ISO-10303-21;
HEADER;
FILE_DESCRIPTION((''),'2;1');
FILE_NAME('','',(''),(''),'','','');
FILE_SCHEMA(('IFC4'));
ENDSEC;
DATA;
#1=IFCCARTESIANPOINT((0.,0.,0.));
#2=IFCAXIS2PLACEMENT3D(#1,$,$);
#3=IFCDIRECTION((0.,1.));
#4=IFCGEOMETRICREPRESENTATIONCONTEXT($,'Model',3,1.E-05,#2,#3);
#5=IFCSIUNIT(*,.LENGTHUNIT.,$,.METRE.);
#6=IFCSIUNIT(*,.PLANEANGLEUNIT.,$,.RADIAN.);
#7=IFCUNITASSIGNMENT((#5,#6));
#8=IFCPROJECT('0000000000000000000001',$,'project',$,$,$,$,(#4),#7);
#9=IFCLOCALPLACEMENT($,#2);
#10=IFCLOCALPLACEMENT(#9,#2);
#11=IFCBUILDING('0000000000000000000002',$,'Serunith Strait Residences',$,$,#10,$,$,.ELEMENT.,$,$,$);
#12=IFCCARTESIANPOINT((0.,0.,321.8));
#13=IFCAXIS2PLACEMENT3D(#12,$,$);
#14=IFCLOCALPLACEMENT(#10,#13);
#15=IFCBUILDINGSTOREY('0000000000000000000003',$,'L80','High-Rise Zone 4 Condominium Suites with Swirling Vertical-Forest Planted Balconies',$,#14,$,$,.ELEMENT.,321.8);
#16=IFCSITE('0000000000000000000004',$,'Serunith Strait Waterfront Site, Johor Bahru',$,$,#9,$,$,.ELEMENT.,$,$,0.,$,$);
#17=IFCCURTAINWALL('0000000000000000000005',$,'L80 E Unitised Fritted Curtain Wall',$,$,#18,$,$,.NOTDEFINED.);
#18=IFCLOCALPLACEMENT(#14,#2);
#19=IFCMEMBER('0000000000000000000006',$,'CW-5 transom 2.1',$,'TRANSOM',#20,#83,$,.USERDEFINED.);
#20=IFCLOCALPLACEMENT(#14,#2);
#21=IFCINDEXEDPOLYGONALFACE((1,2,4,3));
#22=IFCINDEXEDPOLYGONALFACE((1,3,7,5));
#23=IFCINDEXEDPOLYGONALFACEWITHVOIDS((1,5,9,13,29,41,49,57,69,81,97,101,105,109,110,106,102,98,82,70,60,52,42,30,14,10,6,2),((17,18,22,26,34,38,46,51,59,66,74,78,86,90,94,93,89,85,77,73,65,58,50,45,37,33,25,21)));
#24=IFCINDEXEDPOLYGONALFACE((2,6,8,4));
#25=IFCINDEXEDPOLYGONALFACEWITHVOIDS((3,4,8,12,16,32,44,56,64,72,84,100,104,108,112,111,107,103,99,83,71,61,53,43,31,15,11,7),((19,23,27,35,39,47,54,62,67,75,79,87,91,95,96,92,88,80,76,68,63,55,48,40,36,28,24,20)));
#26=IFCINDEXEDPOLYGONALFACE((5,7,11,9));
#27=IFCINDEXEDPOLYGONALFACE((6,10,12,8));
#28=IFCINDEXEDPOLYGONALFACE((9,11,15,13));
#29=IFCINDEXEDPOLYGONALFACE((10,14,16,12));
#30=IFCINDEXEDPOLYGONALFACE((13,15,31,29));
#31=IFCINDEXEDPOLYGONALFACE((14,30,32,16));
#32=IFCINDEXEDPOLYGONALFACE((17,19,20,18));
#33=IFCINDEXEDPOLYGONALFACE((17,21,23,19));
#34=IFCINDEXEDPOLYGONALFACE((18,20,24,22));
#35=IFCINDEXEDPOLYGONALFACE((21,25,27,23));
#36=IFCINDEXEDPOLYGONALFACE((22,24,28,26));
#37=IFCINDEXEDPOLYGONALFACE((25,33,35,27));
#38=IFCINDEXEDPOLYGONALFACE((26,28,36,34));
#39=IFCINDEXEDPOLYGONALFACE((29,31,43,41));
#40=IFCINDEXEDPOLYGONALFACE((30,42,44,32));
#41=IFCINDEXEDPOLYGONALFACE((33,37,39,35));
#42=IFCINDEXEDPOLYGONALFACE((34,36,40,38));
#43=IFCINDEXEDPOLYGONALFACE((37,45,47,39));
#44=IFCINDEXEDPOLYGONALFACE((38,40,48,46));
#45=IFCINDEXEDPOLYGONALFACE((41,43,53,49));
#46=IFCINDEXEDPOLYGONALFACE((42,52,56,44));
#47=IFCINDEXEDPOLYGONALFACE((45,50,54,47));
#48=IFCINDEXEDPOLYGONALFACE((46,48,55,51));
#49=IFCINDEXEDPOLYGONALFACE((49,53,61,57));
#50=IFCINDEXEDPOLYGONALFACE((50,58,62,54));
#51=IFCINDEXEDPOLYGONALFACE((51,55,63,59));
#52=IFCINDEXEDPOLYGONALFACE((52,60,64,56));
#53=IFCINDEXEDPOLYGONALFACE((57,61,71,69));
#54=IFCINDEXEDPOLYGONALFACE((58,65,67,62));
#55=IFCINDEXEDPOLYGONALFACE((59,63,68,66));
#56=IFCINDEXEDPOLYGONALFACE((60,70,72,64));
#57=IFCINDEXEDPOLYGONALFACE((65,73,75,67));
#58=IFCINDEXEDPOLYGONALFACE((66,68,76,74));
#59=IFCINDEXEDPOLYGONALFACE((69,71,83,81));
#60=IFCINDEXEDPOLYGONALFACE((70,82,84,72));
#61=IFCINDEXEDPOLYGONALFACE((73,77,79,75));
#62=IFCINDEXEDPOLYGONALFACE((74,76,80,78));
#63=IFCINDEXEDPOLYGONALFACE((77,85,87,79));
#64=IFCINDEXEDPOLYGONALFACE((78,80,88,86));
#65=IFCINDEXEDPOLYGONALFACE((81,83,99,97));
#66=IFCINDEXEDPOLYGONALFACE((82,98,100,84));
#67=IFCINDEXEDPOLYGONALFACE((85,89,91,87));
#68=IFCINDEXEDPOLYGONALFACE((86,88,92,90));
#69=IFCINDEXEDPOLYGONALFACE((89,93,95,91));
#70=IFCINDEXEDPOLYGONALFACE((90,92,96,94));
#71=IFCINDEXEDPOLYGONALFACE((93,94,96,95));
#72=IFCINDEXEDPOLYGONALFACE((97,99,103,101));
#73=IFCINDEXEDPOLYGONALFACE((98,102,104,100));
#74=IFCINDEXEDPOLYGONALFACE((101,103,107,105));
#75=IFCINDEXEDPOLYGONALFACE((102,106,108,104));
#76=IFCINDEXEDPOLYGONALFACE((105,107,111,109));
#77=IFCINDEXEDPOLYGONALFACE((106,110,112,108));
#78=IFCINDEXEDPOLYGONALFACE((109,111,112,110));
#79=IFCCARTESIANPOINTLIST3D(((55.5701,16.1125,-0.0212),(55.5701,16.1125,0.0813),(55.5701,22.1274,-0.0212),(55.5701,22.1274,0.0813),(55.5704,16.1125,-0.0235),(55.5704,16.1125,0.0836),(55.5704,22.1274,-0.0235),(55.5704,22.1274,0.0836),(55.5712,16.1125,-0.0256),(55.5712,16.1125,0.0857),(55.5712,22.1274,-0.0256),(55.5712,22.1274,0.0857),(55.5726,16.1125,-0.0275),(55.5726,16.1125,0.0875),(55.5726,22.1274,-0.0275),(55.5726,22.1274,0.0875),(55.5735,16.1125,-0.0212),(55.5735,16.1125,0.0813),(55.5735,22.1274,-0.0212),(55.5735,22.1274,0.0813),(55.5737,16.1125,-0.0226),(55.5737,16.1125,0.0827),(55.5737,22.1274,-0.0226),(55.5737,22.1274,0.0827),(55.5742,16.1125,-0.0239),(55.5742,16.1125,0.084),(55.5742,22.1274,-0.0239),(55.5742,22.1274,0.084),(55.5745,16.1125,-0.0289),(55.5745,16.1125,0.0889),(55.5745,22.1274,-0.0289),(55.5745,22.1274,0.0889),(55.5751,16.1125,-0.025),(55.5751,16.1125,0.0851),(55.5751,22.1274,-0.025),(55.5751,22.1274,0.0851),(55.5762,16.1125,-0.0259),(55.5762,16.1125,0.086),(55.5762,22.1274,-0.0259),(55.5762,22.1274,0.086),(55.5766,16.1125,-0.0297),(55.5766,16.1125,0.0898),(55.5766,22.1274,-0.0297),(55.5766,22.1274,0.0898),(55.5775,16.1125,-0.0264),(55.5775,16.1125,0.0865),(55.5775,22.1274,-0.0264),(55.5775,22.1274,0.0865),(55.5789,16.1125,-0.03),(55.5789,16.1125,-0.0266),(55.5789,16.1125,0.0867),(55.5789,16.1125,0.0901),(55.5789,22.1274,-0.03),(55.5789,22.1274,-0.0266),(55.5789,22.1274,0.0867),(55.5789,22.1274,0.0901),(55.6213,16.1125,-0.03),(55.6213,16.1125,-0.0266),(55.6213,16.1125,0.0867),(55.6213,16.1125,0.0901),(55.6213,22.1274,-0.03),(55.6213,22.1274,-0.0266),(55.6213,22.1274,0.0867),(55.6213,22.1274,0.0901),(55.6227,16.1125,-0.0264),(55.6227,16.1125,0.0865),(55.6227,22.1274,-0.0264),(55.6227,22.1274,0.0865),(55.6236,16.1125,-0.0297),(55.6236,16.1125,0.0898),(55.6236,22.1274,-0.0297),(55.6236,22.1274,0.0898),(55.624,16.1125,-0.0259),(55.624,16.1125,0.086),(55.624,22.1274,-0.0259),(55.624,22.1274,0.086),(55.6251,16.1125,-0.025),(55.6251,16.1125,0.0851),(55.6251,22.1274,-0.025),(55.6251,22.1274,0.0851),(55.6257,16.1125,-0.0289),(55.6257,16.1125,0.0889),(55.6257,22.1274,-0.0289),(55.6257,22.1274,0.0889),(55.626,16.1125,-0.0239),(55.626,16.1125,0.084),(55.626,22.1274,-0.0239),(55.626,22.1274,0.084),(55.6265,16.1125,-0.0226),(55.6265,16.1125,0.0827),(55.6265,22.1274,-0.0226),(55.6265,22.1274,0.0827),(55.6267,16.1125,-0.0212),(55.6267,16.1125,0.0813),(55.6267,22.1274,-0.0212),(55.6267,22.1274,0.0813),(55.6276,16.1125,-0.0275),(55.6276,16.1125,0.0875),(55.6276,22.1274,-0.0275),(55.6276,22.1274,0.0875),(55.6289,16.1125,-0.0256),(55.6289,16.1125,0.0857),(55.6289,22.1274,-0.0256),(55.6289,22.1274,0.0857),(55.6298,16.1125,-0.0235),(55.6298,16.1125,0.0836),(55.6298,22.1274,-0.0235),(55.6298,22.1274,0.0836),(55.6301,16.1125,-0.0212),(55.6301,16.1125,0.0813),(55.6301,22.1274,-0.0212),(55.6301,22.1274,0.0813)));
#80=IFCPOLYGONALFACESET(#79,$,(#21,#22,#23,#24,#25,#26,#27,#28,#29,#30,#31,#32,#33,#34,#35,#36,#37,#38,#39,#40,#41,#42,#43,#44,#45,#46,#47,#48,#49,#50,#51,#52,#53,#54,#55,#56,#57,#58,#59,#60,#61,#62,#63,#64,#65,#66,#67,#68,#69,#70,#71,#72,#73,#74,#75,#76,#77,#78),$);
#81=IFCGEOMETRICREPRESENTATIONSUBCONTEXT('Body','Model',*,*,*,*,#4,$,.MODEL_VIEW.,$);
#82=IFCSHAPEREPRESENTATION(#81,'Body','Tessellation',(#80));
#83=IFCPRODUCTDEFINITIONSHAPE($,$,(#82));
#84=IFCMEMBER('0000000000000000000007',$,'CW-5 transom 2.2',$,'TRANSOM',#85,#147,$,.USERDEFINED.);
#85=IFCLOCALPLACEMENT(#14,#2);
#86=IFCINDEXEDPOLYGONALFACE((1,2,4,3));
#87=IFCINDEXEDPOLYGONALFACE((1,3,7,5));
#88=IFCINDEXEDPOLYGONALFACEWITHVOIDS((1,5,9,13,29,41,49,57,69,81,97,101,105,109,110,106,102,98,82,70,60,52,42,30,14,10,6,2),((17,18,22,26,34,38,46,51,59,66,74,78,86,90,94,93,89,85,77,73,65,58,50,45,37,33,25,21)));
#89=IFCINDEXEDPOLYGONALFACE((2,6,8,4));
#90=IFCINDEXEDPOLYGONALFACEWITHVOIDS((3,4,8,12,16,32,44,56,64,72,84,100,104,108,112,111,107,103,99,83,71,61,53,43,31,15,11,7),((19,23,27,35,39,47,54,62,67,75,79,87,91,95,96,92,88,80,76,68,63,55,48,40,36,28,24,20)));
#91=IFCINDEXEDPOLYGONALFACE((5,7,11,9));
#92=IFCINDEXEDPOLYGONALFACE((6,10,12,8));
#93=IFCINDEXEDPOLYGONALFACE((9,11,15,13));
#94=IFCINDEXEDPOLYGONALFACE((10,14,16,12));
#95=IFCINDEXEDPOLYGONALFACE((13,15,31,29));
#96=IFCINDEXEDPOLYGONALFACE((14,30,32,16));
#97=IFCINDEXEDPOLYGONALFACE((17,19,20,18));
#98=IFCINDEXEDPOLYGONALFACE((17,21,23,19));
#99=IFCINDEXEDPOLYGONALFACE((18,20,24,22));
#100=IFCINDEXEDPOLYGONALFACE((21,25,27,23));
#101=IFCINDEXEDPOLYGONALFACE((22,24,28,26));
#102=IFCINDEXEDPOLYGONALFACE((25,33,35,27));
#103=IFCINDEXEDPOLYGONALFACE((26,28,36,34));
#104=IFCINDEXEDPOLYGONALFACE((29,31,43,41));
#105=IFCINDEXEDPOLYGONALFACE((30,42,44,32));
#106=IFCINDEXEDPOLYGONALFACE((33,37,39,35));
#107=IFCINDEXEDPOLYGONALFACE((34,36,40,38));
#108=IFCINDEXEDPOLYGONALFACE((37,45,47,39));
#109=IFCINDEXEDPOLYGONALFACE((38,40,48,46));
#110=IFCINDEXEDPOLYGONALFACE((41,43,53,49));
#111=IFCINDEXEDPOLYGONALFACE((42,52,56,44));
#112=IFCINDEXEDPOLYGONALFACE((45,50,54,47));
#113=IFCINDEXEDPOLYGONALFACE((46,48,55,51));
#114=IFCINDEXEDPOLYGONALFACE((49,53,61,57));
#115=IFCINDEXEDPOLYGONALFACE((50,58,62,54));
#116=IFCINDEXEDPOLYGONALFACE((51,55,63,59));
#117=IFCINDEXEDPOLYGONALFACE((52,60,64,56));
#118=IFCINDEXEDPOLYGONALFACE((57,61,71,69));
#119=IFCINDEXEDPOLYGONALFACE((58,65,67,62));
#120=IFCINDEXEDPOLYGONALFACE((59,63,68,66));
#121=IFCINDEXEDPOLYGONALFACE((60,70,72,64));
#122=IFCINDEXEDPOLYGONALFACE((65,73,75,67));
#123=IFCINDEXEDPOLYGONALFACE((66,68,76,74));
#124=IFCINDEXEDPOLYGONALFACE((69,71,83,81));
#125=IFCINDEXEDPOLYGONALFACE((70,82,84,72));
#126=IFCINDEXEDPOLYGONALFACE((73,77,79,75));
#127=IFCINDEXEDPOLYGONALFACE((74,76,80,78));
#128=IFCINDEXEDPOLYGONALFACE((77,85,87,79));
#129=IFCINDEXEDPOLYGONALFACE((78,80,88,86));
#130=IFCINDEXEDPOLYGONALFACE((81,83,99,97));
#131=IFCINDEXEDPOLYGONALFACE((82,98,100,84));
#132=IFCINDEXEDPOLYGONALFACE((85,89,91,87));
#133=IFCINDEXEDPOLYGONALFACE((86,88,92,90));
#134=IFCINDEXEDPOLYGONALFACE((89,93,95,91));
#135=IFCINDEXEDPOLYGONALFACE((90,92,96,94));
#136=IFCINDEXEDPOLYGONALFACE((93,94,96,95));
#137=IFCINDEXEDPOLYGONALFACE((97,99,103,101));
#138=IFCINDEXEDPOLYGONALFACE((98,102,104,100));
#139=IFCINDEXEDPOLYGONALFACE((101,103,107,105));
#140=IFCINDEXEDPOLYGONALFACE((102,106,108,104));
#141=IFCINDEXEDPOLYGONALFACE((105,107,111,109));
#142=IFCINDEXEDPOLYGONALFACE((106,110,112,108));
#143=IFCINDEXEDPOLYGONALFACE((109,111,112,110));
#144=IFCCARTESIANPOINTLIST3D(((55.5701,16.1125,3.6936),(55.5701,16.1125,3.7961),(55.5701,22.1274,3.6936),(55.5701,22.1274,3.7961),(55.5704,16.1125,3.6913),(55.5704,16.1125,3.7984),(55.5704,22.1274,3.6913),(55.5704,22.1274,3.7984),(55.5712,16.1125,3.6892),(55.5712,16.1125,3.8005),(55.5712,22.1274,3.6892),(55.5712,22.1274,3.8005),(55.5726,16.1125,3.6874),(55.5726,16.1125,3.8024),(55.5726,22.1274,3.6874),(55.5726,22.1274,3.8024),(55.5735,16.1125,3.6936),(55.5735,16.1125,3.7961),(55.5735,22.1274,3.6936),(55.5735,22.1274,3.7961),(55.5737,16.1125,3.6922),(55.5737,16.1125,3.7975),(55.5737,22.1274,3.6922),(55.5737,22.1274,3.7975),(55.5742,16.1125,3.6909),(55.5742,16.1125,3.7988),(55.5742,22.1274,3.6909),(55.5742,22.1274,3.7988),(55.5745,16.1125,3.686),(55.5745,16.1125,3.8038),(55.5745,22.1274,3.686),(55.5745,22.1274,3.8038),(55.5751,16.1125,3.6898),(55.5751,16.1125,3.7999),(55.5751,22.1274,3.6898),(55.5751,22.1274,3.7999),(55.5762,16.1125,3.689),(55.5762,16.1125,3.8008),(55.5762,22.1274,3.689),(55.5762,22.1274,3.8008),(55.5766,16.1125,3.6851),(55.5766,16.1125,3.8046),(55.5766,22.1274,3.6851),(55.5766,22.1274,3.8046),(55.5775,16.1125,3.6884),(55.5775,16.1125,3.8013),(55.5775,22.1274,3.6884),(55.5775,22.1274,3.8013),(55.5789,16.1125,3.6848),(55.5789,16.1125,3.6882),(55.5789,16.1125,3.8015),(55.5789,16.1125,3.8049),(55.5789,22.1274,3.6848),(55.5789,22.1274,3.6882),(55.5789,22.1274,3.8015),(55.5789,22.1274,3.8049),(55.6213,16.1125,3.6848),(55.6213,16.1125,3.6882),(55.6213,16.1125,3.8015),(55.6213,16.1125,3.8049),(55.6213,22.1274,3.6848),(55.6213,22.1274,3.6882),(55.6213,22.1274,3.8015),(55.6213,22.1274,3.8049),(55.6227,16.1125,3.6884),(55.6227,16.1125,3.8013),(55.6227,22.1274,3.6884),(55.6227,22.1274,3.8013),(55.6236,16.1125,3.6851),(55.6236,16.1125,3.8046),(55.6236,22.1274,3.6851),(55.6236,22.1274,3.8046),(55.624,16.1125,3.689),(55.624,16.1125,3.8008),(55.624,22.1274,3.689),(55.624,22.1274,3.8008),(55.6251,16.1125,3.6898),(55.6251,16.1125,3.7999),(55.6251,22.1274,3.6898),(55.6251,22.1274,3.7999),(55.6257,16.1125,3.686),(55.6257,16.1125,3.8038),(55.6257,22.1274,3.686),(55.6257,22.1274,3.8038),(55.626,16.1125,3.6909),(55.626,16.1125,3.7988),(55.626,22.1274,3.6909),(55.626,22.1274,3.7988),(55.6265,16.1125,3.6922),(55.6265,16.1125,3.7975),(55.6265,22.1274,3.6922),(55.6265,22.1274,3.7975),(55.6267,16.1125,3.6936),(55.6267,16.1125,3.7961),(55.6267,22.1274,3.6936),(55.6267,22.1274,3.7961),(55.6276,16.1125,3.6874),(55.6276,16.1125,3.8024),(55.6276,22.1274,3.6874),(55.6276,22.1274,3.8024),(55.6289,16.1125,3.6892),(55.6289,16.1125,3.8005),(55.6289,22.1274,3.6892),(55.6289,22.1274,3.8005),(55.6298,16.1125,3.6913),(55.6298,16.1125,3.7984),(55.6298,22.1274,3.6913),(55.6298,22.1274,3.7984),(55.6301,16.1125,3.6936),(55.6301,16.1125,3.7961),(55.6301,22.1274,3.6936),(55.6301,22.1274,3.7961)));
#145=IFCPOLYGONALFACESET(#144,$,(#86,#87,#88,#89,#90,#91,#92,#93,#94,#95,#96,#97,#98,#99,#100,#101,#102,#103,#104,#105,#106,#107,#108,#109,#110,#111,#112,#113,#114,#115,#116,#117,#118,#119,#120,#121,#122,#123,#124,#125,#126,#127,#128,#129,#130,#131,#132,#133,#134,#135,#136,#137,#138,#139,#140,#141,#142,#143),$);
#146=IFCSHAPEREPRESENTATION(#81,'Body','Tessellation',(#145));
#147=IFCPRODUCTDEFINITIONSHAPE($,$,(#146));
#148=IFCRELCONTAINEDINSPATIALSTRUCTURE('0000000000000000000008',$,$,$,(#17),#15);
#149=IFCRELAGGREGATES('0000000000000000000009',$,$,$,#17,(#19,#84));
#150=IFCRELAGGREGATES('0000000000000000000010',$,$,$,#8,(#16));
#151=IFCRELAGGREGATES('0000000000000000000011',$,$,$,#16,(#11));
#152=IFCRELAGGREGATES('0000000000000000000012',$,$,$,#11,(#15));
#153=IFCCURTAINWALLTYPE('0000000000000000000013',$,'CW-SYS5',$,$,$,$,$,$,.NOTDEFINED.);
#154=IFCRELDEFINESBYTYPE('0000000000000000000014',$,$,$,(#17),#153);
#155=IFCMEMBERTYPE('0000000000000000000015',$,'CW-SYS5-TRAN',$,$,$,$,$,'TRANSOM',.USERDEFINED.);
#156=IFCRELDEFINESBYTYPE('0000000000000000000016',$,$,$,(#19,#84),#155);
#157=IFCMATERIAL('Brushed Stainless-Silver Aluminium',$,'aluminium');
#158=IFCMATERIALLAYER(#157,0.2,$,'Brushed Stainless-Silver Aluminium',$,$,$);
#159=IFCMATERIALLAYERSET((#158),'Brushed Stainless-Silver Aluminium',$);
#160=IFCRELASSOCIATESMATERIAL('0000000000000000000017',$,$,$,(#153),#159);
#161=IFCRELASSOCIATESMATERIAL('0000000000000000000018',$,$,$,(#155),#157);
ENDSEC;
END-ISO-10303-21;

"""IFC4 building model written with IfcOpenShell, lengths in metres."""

from ifc_helpers import new_model, si_unit, direction, frame, origin, origin_2d, place, context, subcontext, project, spatial, hollow_rectangle, extrude, source, transform, mapped, material, layer, layer_set, material_profile, profile_set, type_object, element, aggregate, save


model = new_model("IFC4")

# Units and contexts
model_context = context("Model", 3, precision=1e-05, world=origin(), true_north=direction((0.0, 1.0)))
body_context = subcontext(model_context, "Body", "Model", "MODEL_VIEW")
ifc_project = project(units=[si_unit("LENGTHUNIT", "METRE"), si_unit("PLANEANGLEUNIT", "RADIAN")], contexts=[model_context])

# Site, building, storey
site_placement = place(None, origin())
site = spatial("IfcSite", under=ifc_project, at=site_placement, Name="Serunith Strait Waterfront Site, Johor Bahru", CompositionType="ELEMENT", RefElevation=0.0)
building_placement = place(site_placement, origin())
building = spatial("IfcBuilding", under=site, at=building_placement, Name="Serunith Strait Residences", CompositionType="ELEMENT")
storey_placement = place(building_placement, frame((0.0, 0.0, 321.8)))
storey = spatial("IfcBuildingStorey", under=building, at=storey_placement, Name="L80", Description="High-Rise Zone 4 Condominium Suites with Swirling Vertical-Forest Planted Balconies", CompositionType="ELEMENT", Elevation=321.8)

# Curtain wall, members
ifc_material_1 = material(Name="Brushed Stainless-Silver Aluminium", Category="aluminium")
ifc_layer_1 = layer(ifc_material_1, 0.2, Name="Brushed Stainless-Silver Aluminium")
ifc_layer_set_1 = layer_set([ifc_layer_1], Name="Brushed Stainless-Silver Aluminium")
curtain_wall_type = type_object("IfcCurtainWallType", Name="CW-SYS5", PredefinedType="NOTDEFINED", material=ifc_layer_set_1)
curtain_wall_placement = place(storey_placement, origin())
curtain_wall = element("IfcCurtainWall", 1, at=curtain_wall_placement, inside=storey, type_object=curtain_wall_type, Name="L80 E Unitised Fritted Curtain Wall", PredefinedType="NOTDEFINED")
ifc_material_profile_1 = material_profile(ifc_material_1, hollow_rectangle(XDim=0.0601, YDim=0.1201, WallThickness=0.0034, InnerFilletRadius=0.0054, OuterFilletRadius=0.0088, at=origin_2d()), Name="ALU 120x60x3.5")
ifc_profile_set_1 = profile_set([ifc_material_profile_1], Name="Brushed Stainless-Silver Aluminium")
member_type_1 = type_object("IfcMemberType", Name="CW-SYS5-TRAN", ElementType="TRANSOM", PredefinedType="USERDEFINED", material=ifc_profile_set_1)
shared_shape_1 = source(origin(), body_context, "Body", "SweptSolid", [
    extrude(hollow_rectangle(XDim=0.0601, YDim=0.1201, WallThickness=0.0034, InnerFilletRadius=0.0054, OuterFilletRadius=0.0088, at=origin_2d()), origin(), (0.0, 0.0, 1.0), 6.0149),
])
member_1_placement = place(storey_placement, frame((55.6001, 16.1125, 0.03), z_axis=(0.0, 1.0, 0.0), x_axis=(-1.0, 0.0, 0.0)))
member_1 = element("IfcMember", 2, at=member_1_placement, type_object=member_type_1, Name="CW-5 transom 2.1", ObjectType="TRANSOM", PredefinedType="USERDEFINED", context=body_context, shape_type="MappedRepresentation", body=[
    mapped(shared_shape_1, transform((0.0, 0.0, 0.0), scale=1.0)),
])
member_2_placement = place(storey_placement, frame((55.6001, 16.1125, 3.7449), z_axis=(0.0, 1.0, 0.0), x_axis=(-1.0, 0.0, 0.0)))
member_2 = element("IfcMember", 3, at=member_2_placement, type_object=member_type_1, Name="CW-5 transom 2.2", ObjectType="TRANSOM", PredefinedType="USERDEFINED", context=body_context, shape_type="MappedRepresentation", body=[
    mapped(shared_shape_1, transform((0.0, 0.0, 0.0), scale=1.0)),
])
aggregate(curtain_wall, [member_1, member_2])

save(model, "model.ifc")
